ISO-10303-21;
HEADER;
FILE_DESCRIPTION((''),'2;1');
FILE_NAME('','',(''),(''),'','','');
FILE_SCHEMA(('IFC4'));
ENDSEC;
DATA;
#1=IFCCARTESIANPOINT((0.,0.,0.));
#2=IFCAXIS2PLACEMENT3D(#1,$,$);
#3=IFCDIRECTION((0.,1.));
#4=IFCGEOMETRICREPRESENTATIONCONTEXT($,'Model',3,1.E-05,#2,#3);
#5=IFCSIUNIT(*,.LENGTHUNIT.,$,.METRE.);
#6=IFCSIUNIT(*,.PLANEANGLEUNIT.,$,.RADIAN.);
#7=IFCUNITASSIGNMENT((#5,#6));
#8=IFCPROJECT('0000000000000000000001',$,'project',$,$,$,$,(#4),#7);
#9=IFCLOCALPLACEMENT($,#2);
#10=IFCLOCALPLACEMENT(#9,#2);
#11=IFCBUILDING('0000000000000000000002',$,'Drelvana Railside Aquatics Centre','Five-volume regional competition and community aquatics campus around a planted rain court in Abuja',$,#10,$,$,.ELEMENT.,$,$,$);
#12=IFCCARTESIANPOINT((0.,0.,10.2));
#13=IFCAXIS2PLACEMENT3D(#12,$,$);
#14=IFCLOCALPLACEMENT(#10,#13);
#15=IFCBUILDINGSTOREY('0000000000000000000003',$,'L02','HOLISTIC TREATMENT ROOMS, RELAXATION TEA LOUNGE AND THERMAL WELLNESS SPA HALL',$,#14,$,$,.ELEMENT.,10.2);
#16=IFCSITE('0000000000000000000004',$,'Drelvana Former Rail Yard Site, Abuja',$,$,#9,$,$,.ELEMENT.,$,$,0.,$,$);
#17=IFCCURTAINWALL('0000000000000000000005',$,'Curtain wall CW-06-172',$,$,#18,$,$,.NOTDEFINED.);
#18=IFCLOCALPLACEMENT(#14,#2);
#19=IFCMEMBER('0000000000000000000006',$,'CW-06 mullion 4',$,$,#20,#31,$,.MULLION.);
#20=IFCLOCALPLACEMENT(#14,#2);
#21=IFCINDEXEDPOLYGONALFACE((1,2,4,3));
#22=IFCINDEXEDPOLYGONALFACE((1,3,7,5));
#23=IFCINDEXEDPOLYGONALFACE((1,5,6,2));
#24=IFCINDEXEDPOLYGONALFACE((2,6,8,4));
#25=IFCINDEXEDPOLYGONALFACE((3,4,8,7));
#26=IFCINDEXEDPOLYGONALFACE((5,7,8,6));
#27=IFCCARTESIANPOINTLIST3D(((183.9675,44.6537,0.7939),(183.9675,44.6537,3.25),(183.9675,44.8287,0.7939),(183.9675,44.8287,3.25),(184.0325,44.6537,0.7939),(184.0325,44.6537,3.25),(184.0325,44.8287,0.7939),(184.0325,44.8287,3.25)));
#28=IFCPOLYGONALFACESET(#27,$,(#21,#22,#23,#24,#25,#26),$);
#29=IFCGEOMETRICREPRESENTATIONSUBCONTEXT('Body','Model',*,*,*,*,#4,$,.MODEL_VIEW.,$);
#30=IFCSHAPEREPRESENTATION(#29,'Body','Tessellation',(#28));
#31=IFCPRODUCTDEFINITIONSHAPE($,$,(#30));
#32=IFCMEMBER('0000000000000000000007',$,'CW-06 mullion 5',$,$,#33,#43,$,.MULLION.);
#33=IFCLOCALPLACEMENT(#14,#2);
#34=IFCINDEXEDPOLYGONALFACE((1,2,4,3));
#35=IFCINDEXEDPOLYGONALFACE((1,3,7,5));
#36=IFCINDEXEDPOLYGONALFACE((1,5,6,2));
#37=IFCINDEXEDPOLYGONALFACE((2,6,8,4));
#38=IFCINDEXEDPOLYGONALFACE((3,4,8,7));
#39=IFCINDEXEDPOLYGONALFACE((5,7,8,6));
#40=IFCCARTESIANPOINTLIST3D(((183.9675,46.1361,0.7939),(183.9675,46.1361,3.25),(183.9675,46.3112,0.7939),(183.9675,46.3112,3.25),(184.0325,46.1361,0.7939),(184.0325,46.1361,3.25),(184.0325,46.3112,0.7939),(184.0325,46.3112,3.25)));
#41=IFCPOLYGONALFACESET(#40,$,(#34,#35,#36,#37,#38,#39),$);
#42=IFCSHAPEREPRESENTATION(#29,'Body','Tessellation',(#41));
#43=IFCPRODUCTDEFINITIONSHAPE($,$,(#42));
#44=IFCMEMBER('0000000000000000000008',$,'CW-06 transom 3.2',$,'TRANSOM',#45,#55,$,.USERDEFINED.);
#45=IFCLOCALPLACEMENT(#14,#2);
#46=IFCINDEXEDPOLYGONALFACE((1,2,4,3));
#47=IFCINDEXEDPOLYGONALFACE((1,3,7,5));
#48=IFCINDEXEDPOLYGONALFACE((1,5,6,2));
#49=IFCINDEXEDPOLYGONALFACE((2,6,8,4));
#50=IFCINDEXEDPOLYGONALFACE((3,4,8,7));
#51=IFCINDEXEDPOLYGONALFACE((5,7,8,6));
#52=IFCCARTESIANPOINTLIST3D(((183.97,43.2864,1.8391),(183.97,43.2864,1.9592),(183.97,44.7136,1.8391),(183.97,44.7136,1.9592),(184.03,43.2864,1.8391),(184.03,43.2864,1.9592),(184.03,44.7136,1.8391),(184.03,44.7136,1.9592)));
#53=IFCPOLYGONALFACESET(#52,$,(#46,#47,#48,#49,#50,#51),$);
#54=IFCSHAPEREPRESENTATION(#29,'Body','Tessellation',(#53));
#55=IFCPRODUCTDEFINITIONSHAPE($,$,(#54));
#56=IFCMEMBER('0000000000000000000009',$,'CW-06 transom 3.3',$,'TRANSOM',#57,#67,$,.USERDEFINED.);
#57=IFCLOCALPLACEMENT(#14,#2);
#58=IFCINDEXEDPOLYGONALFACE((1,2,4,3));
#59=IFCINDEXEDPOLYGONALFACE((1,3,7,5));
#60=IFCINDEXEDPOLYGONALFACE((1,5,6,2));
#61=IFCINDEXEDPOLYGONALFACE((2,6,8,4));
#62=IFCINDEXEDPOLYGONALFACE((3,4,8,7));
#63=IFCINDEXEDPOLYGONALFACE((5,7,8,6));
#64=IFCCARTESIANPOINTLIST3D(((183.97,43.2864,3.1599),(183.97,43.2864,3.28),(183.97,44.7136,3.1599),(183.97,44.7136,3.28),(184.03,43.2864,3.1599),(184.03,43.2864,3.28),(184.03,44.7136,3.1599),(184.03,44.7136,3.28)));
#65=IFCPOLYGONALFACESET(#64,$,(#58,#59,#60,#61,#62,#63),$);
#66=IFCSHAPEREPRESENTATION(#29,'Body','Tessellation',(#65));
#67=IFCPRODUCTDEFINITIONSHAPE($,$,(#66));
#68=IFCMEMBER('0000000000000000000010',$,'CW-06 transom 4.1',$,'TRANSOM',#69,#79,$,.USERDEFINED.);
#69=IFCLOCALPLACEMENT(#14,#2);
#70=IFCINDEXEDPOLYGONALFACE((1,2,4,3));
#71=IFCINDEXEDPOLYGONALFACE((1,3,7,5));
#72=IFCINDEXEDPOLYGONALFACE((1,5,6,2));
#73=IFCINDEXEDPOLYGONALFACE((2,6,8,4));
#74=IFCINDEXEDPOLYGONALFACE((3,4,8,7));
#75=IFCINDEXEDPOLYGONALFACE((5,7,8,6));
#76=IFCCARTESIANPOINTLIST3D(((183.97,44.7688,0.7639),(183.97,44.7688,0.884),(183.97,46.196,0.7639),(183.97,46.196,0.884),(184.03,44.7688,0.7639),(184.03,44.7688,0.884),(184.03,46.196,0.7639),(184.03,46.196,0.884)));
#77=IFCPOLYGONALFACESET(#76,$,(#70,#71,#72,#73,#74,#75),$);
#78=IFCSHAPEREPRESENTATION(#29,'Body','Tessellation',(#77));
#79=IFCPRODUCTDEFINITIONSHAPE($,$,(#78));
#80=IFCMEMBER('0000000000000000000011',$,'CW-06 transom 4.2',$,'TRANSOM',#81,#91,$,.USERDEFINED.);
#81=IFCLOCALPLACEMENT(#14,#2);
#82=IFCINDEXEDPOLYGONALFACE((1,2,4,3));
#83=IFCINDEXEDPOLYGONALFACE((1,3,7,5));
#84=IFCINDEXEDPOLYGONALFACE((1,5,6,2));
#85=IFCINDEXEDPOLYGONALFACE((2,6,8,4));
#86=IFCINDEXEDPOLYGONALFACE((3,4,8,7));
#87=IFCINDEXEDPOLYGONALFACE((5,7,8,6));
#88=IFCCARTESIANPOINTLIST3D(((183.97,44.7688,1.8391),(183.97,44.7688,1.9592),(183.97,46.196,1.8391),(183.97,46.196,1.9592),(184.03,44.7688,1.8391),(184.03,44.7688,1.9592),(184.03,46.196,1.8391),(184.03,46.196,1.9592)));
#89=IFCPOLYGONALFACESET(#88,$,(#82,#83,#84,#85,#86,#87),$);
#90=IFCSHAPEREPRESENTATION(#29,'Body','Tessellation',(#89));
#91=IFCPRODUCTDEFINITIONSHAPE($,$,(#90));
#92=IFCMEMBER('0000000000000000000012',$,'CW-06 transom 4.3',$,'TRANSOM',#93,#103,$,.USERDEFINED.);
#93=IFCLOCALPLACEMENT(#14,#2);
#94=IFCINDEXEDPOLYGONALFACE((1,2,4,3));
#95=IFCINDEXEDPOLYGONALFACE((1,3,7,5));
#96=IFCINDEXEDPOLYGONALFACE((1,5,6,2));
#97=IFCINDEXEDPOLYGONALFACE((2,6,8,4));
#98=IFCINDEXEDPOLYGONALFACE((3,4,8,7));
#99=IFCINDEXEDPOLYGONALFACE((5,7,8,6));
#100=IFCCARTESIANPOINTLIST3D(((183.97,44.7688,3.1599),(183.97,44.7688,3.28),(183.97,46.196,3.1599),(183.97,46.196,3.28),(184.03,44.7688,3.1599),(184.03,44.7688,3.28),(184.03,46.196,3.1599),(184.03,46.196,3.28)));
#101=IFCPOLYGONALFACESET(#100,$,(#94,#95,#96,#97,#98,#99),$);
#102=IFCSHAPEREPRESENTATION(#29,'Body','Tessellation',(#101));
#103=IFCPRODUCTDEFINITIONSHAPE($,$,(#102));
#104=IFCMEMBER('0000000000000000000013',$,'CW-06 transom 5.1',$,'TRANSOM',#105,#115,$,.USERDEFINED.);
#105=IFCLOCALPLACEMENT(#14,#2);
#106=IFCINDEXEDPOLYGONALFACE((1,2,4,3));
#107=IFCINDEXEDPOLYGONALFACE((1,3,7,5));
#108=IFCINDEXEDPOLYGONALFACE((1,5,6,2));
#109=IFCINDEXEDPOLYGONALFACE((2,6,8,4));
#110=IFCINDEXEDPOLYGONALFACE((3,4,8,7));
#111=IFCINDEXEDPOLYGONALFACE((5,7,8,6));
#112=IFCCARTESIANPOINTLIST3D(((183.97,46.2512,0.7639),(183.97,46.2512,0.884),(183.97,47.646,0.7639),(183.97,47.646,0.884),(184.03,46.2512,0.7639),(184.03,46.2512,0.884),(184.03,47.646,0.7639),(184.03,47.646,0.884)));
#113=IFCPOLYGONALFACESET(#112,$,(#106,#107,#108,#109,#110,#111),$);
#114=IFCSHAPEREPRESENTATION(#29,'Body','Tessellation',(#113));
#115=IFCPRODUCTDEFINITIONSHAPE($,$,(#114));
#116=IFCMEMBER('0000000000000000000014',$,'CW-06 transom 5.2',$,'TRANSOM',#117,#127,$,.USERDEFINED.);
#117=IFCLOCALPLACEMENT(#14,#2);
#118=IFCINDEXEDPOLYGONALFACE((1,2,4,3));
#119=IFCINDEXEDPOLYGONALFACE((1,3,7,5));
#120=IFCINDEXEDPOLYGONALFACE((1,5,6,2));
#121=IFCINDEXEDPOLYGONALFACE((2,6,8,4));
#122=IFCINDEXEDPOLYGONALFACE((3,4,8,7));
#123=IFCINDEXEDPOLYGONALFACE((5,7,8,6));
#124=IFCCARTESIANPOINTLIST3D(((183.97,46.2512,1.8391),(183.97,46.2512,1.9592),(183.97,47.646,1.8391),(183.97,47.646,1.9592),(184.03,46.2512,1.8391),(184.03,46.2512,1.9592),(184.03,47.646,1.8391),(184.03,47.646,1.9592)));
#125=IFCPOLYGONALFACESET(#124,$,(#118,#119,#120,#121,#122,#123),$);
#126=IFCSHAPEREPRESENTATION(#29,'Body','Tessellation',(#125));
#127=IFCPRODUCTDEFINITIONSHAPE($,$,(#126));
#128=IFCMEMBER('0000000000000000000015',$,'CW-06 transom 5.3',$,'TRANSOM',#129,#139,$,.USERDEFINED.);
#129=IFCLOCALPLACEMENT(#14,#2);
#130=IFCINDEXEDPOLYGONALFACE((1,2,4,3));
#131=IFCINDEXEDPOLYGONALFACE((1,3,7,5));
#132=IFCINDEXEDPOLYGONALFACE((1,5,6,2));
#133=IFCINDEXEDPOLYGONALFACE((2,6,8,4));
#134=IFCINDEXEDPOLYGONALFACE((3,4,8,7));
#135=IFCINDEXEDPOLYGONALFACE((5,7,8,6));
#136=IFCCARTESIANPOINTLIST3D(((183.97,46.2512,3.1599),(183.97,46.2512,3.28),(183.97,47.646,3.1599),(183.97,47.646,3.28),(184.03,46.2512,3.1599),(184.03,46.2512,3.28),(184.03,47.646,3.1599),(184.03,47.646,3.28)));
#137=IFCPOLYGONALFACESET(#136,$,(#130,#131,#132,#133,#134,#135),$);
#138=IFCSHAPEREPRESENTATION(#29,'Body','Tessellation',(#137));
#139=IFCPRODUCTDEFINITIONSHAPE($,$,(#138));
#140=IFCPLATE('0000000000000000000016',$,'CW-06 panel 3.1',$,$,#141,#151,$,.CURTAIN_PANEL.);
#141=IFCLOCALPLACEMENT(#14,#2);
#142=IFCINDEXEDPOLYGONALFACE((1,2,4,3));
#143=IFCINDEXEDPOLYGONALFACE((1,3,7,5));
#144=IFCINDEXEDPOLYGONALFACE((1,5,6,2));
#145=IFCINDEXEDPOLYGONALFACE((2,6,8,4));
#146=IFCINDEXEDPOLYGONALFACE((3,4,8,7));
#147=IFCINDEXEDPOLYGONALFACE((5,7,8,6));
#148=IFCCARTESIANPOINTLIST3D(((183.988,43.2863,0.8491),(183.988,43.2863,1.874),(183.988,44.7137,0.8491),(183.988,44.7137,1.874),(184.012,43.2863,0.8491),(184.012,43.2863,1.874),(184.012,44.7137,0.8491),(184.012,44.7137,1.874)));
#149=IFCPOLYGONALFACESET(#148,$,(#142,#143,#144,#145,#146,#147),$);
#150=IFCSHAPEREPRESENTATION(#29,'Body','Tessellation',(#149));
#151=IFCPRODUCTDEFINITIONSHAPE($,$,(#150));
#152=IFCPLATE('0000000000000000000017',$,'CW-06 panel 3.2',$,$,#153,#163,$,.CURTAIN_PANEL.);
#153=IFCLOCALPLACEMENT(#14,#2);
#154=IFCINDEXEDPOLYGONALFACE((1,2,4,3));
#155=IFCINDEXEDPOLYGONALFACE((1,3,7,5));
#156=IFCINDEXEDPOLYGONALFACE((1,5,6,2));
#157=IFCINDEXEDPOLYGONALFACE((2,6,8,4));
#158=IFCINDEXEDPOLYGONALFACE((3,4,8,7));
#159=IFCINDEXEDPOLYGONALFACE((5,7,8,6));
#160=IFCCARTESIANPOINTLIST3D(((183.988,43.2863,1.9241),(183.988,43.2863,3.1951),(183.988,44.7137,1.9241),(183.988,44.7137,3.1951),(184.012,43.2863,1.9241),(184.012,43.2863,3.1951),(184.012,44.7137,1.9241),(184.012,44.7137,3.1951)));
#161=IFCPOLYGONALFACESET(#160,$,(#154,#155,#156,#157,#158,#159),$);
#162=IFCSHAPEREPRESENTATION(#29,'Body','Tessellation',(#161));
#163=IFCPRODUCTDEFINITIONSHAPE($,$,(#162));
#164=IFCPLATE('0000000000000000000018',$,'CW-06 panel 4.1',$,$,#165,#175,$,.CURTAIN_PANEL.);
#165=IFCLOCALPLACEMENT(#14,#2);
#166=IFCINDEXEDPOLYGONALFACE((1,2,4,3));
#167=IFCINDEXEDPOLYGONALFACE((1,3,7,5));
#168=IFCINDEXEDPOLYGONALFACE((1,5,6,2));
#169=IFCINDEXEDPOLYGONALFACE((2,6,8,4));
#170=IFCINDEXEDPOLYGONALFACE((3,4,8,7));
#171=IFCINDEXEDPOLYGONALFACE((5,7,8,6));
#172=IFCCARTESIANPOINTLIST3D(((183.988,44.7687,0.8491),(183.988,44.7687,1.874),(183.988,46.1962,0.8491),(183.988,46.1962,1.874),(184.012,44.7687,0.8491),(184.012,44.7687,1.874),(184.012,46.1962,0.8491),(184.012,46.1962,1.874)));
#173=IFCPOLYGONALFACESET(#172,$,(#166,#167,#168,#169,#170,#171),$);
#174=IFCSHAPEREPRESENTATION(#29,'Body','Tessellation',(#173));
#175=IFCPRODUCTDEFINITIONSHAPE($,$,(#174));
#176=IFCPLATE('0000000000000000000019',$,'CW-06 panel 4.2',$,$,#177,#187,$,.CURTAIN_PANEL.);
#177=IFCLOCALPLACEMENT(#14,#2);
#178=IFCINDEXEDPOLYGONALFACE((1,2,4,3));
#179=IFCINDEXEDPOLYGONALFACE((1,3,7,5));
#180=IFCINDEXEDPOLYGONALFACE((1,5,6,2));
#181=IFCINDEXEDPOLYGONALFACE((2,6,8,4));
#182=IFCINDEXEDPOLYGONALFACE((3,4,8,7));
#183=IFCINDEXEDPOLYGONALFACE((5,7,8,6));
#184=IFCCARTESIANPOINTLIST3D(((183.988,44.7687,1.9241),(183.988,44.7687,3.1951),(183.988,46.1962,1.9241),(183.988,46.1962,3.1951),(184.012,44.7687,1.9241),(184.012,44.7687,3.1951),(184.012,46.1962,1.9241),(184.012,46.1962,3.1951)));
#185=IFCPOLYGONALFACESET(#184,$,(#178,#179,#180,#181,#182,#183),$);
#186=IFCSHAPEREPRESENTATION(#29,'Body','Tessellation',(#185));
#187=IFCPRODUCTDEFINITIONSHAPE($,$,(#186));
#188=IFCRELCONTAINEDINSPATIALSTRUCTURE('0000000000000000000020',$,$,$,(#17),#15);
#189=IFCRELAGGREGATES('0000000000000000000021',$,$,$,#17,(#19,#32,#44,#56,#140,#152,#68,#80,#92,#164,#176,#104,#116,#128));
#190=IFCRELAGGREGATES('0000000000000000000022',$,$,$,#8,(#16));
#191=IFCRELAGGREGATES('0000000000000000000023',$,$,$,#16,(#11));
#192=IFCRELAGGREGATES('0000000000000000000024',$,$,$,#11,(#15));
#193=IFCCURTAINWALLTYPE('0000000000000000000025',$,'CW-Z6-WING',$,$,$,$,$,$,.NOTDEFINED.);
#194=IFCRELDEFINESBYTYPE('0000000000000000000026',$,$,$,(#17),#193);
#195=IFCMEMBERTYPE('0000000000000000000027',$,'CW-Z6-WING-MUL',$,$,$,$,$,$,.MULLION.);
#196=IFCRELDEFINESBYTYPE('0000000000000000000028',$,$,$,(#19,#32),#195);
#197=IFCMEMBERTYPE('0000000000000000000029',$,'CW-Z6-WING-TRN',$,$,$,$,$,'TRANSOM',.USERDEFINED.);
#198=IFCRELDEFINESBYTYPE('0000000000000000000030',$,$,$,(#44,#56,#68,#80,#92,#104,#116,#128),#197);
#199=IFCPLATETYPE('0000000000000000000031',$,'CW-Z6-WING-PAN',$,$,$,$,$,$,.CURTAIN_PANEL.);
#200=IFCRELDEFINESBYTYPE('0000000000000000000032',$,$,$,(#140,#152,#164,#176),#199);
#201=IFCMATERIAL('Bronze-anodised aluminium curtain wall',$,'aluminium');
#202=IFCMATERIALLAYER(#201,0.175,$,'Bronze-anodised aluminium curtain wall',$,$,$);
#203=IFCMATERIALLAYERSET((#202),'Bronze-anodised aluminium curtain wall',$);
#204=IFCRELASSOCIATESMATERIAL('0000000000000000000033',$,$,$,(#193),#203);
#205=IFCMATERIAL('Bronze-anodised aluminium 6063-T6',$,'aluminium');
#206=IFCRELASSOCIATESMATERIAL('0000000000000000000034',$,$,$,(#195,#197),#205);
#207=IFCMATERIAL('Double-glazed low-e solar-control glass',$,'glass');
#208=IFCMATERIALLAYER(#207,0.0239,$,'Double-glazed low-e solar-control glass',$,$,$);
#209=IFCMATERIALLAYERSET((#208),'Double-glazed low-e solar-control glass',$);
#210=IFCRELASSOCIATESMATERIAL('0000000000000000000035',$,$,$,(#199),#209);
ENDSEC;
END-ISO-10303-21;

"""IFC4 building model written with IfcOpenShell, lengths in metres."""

from ifc_helpers import new_model, si_unit, direction, frame, origin, origin_2d, place, context, subcontext, project, spatial, rectangle, extrude, material, layer, layer_set, material_profile, profile_set, type_object, element, aggregate, save


model = new_model("IFC4")

# Units and contexts
model_context = context("Model", 3, precision=1e-05, world=origin(), true_north=direction((0.0, 1.0)))
body_context = subcontext(model_context, "Body", "Model", "MODEL_VIEW")
ifc_project = project(units=[si_unit("LENGTHUNIT", "METRE"), si_unit("PLANEANGLEUNIT", "RADIAN")], contexts=[model_context])

# Site, building, storey
site_placement = place(None, origin())
site = spatial("IfcSite", under=ifc_project, at=site_placement, Name="Drelvana Former Rail Yard Site, Abuja", CompositionType="ELEMENT", RefElevation=0.0)
building_placement = place(site_placement, origin())
building = spatial("IfcBuilding", under=site, at=building_placement, Name="Drelvana Railside Aquatics Centre", Description="Five-volume regional competition and community aquatics campus around a planted rain court in Abuja", CompositionType="ELEMENT")
storey_placement = place(building_placement, frame((0.0, 0.0, 10.2)))
storey = spatial("IfcBuildingStorey", under=building, at=storey_placement, Name="L02", Description="HOLISTIC TREATMENT ROOMS, RELAXATION TEA LOUNGE AND THERMAL WELLNESS SPA HALL", CompositionType="ELEMENT", Elevation=10.2)

# Curtain wall, members, plates
ifc_material_1 = material(Name="Bronze-anodised aluminium curtain wall", Category="aluminium")
ifc_layer_1 = layer(ifc_material_1, 0.175, Name="Bronze-anodised aluminium curtain wall")
ifc_layer_set_1 = layer_set([ifc_layer_1], Name="Bronze-anodised aluminium curtain wall")
curtain_wall_type = type_object("IfcCurtainWallType", Name="CW-Z6-WING", PredefinedType="NOTDEFINED", material=ifc_layer_set_1)
curtain_wall_placement = place(storey_placement, origin())
curtain_wall = element("IfcCurtainWall", 1, at=curtain_wall_placement, inside=storey, type_object=curtain_wall_type, Name="Curtain wall CW-06-172", PredefinedType="NOTDEFINED")
ifc_material_2 = material(Name="Bronze-anodised aluminium 6063-T6", Category="aluminium")
ifc_material_profile_1 = material_profile(ifc_material_2, rectangle(XDim=0.0649, YDim=0.175, at=origin_2d()), Name="ALU-M 65x175")
ifc_profile_set_1 = profile_set([ifc_material_profile_1], Name="Bronze-anodised aluminium 6063-T6")
member_type_1 = type_object("IfcMemberType", Name="CW-Z6-WING-MUL", PredefinedType="MULLION", material=ifc_profile_set_1)
member_1_placement = place(storey_placement, frame((184.0, 44.7412, 0.7939), z_axis=(0.0, 0.0, 1.0), x_axis=(-1.0, 0.0, 0.0)))
member_1 = element("IfcMember", 2, at=member_1_placement, type_object=member_type_1, Name="CW-06 mullion 4", PredefinedType="MULLION", context=body_context, shape_type="SweptSolid", body=[
    extrude(rectangle(XDim=0.0649, YDim=0.175, at=origin_2d()), origin(), (0.0, 0.0, 1.0), 2.4561),
])
member_2_placement = place(storey_placement, frame((184.0, 46.2236, 0.7939), z_axis=(0.0, 0.0, 1.0), x_axis=(-1.0, 0.0, 0.0)))
member_2 = element("IfcMember", 3, at=member_2_placement, type_object=member_type_1, Name="CW-06 mullion 5", PredefinedType="MULLION", context=body_context, shape_type="SweptSolid", body=[
    extrude(rectangle(XDim=0.0649, YDim=0.175, at=origin_2d()), origin(), (0.0, 0.0, 1.0), 2.4561),
])
ifc_material_profile_2 = material_profile(ifc_material_2, rectangle(XDim=0.1201, YDim=0.0601, at=origin_2d()), Name="ALU-T 60x120")
ifc_profile_set_2 = profile_set([ifc_material_profile_2], Name="Bronze-anodised aluminium 6063-T6")
member_type_2 = type_object("IfcMemberType", Name="CW-Z6-WING-TRN", ElementType="TRANSOM", PredefinedType="USERDEFINED", material=ifc_profile_set_2)
member_3_placement = place(storey_placement, frame((184.0, 43.2864, 1.8992), z_axis=(0.0, 1.0, 0.0), x_axis=(0.0, 0.0, 1.0)))
member_3 = element("IfcMember", 4, at=member_3_placement, type_object=member_type_2, Name="CW-06 transom 3.2", ObjectType="TRANSOM", PredefinedType="USERDEFINED", context=body_context, shape_type="SweptSolid", body=[
    extrude(rectangle(XDim=0.1201, YDim=0.0601, at=origin_2d()), origin(), (0.0, 0.0, 1.0), 1.4272),
])
member_4_placement = place(storey_placement, frame((184.0, 43.2864, 3.22), z_axis=(0.0, 1.0, 0.0), x_axis=(0.0, 0.0, 1.0)))
member_4 = element("IfcMember", 5, at=member_4_placement, type_object=member_type_2, Name="CW-06 transom 3.3", ObjectType="TRANSOM", PredefinedType="USERDEFINED", context=body_context, shape_type="SweptSolid", body=[
    extrude(rectangle(XDim=0.1201, YDim=0.0601, at=origin_2d()), origin(), (0.0, 0.0, 1.0), 1.4272),
])
member_5_placement = place(storey_placement, frame((184.0, 44.7688, 0.824), z_axis=(0.0, 1.0, 0.0), x_axis=(0.0, 0.0, 1.0)))
member_5 = element("IfcMember", 6, at=member_5_placement, type_object=member_type_2, Name="CW-06 transom 4.1", ObjectType="TRANSOM", PredefinedType="USERDEFINED", context=body_context, shape_type="SweptSolid", body=[
    extrude(rectangle(XDim=0.1201, YDim=0.0601, at=origin_2d()), origin(), (0.0, 0.0, 1.0), 1.4272),
])
member_6_placement = place(storey_placement, frame((184.0, 44.7688, 1.8992), z_axis=(0.0, 1.0, 0.0), x_axis=(0.0, 0.0, 1.0)))
member_6 = element("IfcMember", 7, at=member_6_placement, type_object=member_type_2, Name="CW-06 transom 4.2", ObjectType="TRANSOM", PredefinedType="USERDEFINED", context=body_context, shape_type="SweptSolid", body=[
    extrude(rectangle(XDim=0.1201, YDim=0.0601, at=origin_2d()), origin(), (0.0, 0.0, 1.0), 1.4272),
])
member_7_placement = place(storey_placement, frame((184.0, 44.7688, 3.22), z_axis=(0.0, 1.0, 0.0), x_axis=(0.0, 0.0, 1.0)))
member_7 = element("IfcMember", 8, at=member_7_placement, type_object=member_type_2, Name="CW-06 transom 4.3", ObjectType="TRANSOM", PredefinedType="USERDEFINED", context=body_context, shape_type="SweptSolid", body=[
    extrude(rectangle(XDim=0.1201, YDim=0.0601, at=origin_2d()), origin(), (0.0, 0.0, 1.0), 1.4272),
])
member_8_placement = place(storey_placement, frame((184.0, 46.2512, 0.824), z_axis=(0.0, 1.0, 0.0), x_axis=(0.0, 0.0, 1.0)))
member_8 = element("IfcMember", 9, at=member_8_placement, type_object=member_type_2, Name="CW-06 transom 5.1", ObjectType="TRANSOM", PredefinedType="USERDEFINED", context=body_context, shape_type="SweptSolid", body=[
    extrude(rectangle(XDim=0.1201, YDim=0.0601, at=origin_2d()), origin(), (0.0, 0.0, 1.0), 1.3948),
])
member_9_placement = place(storey_placement, frame((184.0, 46.2512, 1.8992), z_axis=(0.0, 1.0, 0.0), x_axis=(0.0, 0.0, 1.0)))
member_9 = element("IfcMember", 10, at=member_9_placement, type_object=member_type_2, Name="CW-06 transom 5.2", ObjectType="TRANSOM", PredefinedType="USERDEFINED", context=body_context, shape_type="SweptSolid", body=[
    extrude(rectangle(XDim=0.1201, YDim=0.0601, at=origin_2d()), origin(), (0.0, 0.0, 1.0), 1.3948),
])
member_10_placement = place(storey_placement, frame((184.0, 46.2512, 3.22), z_axis=(0.0, 1.0, 0.0), x_axis=(0.0, 0.0, 1.0)))
member_10 = element("IfcMember", 11, at=member_10_placement, type_object=member_type_2, Name="CW-06 transom 5.3", ObjectType="TRANSOM", PredefinedType="USERDEFINED", context=body_context, shape_type="SweptSolid", body=[
    extrude(rectangle(XDim=0.1201, YDim=0.0601, at=origin_2d()), origin(), (0.0, 0.0, 1.0), 1.3948),
])
ifc_material_3 = material(Name="Double-glazed low-e solar-control glass", Category="glass")
ifc_layer_2 = layer(ifc_material_3, 0.0239, Name="Double-glazed low-e solar-control glass")
ifc_layer_set_2 = layer_set([ifc_layer_2], Name="Double-glazed low-e solar-control glass")
plate_type = type_object("IfcPlateType", Name="CW-Z6-WING-PAN", PredefinedType="CURTAIN_PANEL", material=ifc_layer_set_2)
plate_1_placement = place(storey_placement, frame((184.0, 44.0, 0.8491), z_axis=(0.0, 0.0, 1.0), x_axis=(0.0, 1.0, 0.0)))
plate_1 = element("IfcPlate", 12, at=plate_1_placement, type_object=plate_type, Name="CW-06 panel 3.1", PredefinedType="CURTAIN_PANEL", context=body_context, shape_type="SweptSolid", body=[
    extrude(rectangle(XDim=1.4275, YDim=0.0239, at=origin_2d()), origin(), (0.0, 0.0, 1.0), 1.0249),
])
plate_2_placement = place(storey_placement, frame((184.0, 44.0, 1.9241), z_axis=(0.0, 0.0, 1.0), x_axis=(0.0, 1.0, 0.0)))
plate_2 = element("IfcPlate", 13, at=plate_2_placement, type_object=plate_type, Name="CW-06 panel 3.2", PredefinedType="CURTAIN_PANEL", context=body_context, shape_type="SweptSolid", body=[
    extrude(rectangle(XDim=1.4275, YDim=0.0239, at=origin_2d()), origin(), (0.0, 0.0, 1.0), 1.271),
])
plate_3_placement = place(storey_placement, frame((184.0, 45.4824, 0.8491), z_axis=(0.0, 0.0, 1.0), x_axis=(0.0, 1.0, 0.0)))
plate_3 = element("IfcPlate", 14, at=plate_3_placement, type_object=plate_type, Name="CW-06 panel 4.1", PredefinedType="CURTAIN_PANEL", context=body_context, shape_type="SweptSolid", body=[
    extrude(rectangle(XDim=1.4275, YDim=0.0239, at=origin_2d()), origin(), (0.0, 0.0, 1.0), 1.0249),
])
plate_4_placement = place(storey_placement, frame((184.0, 45.4824, 1.9241), z_axis=(0.0, 0.0, 1.0), x_axis=(0.0, 1.0, 0.0)))
plate_4 = element("IfcPlate", 15, at=plate_4_placement, type_object=plate_type, Name="CW-06 panel 4.2", PredefinedType="CURTAIN_PANEL", context=body_context, shape_type="SweptSolid", body=[
    extrude(rectangle(XDim=1.4275, YDim=0.0239, at=origin_2d()), origin(), (0.0, 0.0, 1.0), 1.271),
])
aggregate(curtain_wall, [member_1, member_2, member_3, member_4, plate_1, plate_2, member_5, member_6, member_7, plate_3, plate_4, member_8, member_9, member_10])

save(model, "model.ifc")
